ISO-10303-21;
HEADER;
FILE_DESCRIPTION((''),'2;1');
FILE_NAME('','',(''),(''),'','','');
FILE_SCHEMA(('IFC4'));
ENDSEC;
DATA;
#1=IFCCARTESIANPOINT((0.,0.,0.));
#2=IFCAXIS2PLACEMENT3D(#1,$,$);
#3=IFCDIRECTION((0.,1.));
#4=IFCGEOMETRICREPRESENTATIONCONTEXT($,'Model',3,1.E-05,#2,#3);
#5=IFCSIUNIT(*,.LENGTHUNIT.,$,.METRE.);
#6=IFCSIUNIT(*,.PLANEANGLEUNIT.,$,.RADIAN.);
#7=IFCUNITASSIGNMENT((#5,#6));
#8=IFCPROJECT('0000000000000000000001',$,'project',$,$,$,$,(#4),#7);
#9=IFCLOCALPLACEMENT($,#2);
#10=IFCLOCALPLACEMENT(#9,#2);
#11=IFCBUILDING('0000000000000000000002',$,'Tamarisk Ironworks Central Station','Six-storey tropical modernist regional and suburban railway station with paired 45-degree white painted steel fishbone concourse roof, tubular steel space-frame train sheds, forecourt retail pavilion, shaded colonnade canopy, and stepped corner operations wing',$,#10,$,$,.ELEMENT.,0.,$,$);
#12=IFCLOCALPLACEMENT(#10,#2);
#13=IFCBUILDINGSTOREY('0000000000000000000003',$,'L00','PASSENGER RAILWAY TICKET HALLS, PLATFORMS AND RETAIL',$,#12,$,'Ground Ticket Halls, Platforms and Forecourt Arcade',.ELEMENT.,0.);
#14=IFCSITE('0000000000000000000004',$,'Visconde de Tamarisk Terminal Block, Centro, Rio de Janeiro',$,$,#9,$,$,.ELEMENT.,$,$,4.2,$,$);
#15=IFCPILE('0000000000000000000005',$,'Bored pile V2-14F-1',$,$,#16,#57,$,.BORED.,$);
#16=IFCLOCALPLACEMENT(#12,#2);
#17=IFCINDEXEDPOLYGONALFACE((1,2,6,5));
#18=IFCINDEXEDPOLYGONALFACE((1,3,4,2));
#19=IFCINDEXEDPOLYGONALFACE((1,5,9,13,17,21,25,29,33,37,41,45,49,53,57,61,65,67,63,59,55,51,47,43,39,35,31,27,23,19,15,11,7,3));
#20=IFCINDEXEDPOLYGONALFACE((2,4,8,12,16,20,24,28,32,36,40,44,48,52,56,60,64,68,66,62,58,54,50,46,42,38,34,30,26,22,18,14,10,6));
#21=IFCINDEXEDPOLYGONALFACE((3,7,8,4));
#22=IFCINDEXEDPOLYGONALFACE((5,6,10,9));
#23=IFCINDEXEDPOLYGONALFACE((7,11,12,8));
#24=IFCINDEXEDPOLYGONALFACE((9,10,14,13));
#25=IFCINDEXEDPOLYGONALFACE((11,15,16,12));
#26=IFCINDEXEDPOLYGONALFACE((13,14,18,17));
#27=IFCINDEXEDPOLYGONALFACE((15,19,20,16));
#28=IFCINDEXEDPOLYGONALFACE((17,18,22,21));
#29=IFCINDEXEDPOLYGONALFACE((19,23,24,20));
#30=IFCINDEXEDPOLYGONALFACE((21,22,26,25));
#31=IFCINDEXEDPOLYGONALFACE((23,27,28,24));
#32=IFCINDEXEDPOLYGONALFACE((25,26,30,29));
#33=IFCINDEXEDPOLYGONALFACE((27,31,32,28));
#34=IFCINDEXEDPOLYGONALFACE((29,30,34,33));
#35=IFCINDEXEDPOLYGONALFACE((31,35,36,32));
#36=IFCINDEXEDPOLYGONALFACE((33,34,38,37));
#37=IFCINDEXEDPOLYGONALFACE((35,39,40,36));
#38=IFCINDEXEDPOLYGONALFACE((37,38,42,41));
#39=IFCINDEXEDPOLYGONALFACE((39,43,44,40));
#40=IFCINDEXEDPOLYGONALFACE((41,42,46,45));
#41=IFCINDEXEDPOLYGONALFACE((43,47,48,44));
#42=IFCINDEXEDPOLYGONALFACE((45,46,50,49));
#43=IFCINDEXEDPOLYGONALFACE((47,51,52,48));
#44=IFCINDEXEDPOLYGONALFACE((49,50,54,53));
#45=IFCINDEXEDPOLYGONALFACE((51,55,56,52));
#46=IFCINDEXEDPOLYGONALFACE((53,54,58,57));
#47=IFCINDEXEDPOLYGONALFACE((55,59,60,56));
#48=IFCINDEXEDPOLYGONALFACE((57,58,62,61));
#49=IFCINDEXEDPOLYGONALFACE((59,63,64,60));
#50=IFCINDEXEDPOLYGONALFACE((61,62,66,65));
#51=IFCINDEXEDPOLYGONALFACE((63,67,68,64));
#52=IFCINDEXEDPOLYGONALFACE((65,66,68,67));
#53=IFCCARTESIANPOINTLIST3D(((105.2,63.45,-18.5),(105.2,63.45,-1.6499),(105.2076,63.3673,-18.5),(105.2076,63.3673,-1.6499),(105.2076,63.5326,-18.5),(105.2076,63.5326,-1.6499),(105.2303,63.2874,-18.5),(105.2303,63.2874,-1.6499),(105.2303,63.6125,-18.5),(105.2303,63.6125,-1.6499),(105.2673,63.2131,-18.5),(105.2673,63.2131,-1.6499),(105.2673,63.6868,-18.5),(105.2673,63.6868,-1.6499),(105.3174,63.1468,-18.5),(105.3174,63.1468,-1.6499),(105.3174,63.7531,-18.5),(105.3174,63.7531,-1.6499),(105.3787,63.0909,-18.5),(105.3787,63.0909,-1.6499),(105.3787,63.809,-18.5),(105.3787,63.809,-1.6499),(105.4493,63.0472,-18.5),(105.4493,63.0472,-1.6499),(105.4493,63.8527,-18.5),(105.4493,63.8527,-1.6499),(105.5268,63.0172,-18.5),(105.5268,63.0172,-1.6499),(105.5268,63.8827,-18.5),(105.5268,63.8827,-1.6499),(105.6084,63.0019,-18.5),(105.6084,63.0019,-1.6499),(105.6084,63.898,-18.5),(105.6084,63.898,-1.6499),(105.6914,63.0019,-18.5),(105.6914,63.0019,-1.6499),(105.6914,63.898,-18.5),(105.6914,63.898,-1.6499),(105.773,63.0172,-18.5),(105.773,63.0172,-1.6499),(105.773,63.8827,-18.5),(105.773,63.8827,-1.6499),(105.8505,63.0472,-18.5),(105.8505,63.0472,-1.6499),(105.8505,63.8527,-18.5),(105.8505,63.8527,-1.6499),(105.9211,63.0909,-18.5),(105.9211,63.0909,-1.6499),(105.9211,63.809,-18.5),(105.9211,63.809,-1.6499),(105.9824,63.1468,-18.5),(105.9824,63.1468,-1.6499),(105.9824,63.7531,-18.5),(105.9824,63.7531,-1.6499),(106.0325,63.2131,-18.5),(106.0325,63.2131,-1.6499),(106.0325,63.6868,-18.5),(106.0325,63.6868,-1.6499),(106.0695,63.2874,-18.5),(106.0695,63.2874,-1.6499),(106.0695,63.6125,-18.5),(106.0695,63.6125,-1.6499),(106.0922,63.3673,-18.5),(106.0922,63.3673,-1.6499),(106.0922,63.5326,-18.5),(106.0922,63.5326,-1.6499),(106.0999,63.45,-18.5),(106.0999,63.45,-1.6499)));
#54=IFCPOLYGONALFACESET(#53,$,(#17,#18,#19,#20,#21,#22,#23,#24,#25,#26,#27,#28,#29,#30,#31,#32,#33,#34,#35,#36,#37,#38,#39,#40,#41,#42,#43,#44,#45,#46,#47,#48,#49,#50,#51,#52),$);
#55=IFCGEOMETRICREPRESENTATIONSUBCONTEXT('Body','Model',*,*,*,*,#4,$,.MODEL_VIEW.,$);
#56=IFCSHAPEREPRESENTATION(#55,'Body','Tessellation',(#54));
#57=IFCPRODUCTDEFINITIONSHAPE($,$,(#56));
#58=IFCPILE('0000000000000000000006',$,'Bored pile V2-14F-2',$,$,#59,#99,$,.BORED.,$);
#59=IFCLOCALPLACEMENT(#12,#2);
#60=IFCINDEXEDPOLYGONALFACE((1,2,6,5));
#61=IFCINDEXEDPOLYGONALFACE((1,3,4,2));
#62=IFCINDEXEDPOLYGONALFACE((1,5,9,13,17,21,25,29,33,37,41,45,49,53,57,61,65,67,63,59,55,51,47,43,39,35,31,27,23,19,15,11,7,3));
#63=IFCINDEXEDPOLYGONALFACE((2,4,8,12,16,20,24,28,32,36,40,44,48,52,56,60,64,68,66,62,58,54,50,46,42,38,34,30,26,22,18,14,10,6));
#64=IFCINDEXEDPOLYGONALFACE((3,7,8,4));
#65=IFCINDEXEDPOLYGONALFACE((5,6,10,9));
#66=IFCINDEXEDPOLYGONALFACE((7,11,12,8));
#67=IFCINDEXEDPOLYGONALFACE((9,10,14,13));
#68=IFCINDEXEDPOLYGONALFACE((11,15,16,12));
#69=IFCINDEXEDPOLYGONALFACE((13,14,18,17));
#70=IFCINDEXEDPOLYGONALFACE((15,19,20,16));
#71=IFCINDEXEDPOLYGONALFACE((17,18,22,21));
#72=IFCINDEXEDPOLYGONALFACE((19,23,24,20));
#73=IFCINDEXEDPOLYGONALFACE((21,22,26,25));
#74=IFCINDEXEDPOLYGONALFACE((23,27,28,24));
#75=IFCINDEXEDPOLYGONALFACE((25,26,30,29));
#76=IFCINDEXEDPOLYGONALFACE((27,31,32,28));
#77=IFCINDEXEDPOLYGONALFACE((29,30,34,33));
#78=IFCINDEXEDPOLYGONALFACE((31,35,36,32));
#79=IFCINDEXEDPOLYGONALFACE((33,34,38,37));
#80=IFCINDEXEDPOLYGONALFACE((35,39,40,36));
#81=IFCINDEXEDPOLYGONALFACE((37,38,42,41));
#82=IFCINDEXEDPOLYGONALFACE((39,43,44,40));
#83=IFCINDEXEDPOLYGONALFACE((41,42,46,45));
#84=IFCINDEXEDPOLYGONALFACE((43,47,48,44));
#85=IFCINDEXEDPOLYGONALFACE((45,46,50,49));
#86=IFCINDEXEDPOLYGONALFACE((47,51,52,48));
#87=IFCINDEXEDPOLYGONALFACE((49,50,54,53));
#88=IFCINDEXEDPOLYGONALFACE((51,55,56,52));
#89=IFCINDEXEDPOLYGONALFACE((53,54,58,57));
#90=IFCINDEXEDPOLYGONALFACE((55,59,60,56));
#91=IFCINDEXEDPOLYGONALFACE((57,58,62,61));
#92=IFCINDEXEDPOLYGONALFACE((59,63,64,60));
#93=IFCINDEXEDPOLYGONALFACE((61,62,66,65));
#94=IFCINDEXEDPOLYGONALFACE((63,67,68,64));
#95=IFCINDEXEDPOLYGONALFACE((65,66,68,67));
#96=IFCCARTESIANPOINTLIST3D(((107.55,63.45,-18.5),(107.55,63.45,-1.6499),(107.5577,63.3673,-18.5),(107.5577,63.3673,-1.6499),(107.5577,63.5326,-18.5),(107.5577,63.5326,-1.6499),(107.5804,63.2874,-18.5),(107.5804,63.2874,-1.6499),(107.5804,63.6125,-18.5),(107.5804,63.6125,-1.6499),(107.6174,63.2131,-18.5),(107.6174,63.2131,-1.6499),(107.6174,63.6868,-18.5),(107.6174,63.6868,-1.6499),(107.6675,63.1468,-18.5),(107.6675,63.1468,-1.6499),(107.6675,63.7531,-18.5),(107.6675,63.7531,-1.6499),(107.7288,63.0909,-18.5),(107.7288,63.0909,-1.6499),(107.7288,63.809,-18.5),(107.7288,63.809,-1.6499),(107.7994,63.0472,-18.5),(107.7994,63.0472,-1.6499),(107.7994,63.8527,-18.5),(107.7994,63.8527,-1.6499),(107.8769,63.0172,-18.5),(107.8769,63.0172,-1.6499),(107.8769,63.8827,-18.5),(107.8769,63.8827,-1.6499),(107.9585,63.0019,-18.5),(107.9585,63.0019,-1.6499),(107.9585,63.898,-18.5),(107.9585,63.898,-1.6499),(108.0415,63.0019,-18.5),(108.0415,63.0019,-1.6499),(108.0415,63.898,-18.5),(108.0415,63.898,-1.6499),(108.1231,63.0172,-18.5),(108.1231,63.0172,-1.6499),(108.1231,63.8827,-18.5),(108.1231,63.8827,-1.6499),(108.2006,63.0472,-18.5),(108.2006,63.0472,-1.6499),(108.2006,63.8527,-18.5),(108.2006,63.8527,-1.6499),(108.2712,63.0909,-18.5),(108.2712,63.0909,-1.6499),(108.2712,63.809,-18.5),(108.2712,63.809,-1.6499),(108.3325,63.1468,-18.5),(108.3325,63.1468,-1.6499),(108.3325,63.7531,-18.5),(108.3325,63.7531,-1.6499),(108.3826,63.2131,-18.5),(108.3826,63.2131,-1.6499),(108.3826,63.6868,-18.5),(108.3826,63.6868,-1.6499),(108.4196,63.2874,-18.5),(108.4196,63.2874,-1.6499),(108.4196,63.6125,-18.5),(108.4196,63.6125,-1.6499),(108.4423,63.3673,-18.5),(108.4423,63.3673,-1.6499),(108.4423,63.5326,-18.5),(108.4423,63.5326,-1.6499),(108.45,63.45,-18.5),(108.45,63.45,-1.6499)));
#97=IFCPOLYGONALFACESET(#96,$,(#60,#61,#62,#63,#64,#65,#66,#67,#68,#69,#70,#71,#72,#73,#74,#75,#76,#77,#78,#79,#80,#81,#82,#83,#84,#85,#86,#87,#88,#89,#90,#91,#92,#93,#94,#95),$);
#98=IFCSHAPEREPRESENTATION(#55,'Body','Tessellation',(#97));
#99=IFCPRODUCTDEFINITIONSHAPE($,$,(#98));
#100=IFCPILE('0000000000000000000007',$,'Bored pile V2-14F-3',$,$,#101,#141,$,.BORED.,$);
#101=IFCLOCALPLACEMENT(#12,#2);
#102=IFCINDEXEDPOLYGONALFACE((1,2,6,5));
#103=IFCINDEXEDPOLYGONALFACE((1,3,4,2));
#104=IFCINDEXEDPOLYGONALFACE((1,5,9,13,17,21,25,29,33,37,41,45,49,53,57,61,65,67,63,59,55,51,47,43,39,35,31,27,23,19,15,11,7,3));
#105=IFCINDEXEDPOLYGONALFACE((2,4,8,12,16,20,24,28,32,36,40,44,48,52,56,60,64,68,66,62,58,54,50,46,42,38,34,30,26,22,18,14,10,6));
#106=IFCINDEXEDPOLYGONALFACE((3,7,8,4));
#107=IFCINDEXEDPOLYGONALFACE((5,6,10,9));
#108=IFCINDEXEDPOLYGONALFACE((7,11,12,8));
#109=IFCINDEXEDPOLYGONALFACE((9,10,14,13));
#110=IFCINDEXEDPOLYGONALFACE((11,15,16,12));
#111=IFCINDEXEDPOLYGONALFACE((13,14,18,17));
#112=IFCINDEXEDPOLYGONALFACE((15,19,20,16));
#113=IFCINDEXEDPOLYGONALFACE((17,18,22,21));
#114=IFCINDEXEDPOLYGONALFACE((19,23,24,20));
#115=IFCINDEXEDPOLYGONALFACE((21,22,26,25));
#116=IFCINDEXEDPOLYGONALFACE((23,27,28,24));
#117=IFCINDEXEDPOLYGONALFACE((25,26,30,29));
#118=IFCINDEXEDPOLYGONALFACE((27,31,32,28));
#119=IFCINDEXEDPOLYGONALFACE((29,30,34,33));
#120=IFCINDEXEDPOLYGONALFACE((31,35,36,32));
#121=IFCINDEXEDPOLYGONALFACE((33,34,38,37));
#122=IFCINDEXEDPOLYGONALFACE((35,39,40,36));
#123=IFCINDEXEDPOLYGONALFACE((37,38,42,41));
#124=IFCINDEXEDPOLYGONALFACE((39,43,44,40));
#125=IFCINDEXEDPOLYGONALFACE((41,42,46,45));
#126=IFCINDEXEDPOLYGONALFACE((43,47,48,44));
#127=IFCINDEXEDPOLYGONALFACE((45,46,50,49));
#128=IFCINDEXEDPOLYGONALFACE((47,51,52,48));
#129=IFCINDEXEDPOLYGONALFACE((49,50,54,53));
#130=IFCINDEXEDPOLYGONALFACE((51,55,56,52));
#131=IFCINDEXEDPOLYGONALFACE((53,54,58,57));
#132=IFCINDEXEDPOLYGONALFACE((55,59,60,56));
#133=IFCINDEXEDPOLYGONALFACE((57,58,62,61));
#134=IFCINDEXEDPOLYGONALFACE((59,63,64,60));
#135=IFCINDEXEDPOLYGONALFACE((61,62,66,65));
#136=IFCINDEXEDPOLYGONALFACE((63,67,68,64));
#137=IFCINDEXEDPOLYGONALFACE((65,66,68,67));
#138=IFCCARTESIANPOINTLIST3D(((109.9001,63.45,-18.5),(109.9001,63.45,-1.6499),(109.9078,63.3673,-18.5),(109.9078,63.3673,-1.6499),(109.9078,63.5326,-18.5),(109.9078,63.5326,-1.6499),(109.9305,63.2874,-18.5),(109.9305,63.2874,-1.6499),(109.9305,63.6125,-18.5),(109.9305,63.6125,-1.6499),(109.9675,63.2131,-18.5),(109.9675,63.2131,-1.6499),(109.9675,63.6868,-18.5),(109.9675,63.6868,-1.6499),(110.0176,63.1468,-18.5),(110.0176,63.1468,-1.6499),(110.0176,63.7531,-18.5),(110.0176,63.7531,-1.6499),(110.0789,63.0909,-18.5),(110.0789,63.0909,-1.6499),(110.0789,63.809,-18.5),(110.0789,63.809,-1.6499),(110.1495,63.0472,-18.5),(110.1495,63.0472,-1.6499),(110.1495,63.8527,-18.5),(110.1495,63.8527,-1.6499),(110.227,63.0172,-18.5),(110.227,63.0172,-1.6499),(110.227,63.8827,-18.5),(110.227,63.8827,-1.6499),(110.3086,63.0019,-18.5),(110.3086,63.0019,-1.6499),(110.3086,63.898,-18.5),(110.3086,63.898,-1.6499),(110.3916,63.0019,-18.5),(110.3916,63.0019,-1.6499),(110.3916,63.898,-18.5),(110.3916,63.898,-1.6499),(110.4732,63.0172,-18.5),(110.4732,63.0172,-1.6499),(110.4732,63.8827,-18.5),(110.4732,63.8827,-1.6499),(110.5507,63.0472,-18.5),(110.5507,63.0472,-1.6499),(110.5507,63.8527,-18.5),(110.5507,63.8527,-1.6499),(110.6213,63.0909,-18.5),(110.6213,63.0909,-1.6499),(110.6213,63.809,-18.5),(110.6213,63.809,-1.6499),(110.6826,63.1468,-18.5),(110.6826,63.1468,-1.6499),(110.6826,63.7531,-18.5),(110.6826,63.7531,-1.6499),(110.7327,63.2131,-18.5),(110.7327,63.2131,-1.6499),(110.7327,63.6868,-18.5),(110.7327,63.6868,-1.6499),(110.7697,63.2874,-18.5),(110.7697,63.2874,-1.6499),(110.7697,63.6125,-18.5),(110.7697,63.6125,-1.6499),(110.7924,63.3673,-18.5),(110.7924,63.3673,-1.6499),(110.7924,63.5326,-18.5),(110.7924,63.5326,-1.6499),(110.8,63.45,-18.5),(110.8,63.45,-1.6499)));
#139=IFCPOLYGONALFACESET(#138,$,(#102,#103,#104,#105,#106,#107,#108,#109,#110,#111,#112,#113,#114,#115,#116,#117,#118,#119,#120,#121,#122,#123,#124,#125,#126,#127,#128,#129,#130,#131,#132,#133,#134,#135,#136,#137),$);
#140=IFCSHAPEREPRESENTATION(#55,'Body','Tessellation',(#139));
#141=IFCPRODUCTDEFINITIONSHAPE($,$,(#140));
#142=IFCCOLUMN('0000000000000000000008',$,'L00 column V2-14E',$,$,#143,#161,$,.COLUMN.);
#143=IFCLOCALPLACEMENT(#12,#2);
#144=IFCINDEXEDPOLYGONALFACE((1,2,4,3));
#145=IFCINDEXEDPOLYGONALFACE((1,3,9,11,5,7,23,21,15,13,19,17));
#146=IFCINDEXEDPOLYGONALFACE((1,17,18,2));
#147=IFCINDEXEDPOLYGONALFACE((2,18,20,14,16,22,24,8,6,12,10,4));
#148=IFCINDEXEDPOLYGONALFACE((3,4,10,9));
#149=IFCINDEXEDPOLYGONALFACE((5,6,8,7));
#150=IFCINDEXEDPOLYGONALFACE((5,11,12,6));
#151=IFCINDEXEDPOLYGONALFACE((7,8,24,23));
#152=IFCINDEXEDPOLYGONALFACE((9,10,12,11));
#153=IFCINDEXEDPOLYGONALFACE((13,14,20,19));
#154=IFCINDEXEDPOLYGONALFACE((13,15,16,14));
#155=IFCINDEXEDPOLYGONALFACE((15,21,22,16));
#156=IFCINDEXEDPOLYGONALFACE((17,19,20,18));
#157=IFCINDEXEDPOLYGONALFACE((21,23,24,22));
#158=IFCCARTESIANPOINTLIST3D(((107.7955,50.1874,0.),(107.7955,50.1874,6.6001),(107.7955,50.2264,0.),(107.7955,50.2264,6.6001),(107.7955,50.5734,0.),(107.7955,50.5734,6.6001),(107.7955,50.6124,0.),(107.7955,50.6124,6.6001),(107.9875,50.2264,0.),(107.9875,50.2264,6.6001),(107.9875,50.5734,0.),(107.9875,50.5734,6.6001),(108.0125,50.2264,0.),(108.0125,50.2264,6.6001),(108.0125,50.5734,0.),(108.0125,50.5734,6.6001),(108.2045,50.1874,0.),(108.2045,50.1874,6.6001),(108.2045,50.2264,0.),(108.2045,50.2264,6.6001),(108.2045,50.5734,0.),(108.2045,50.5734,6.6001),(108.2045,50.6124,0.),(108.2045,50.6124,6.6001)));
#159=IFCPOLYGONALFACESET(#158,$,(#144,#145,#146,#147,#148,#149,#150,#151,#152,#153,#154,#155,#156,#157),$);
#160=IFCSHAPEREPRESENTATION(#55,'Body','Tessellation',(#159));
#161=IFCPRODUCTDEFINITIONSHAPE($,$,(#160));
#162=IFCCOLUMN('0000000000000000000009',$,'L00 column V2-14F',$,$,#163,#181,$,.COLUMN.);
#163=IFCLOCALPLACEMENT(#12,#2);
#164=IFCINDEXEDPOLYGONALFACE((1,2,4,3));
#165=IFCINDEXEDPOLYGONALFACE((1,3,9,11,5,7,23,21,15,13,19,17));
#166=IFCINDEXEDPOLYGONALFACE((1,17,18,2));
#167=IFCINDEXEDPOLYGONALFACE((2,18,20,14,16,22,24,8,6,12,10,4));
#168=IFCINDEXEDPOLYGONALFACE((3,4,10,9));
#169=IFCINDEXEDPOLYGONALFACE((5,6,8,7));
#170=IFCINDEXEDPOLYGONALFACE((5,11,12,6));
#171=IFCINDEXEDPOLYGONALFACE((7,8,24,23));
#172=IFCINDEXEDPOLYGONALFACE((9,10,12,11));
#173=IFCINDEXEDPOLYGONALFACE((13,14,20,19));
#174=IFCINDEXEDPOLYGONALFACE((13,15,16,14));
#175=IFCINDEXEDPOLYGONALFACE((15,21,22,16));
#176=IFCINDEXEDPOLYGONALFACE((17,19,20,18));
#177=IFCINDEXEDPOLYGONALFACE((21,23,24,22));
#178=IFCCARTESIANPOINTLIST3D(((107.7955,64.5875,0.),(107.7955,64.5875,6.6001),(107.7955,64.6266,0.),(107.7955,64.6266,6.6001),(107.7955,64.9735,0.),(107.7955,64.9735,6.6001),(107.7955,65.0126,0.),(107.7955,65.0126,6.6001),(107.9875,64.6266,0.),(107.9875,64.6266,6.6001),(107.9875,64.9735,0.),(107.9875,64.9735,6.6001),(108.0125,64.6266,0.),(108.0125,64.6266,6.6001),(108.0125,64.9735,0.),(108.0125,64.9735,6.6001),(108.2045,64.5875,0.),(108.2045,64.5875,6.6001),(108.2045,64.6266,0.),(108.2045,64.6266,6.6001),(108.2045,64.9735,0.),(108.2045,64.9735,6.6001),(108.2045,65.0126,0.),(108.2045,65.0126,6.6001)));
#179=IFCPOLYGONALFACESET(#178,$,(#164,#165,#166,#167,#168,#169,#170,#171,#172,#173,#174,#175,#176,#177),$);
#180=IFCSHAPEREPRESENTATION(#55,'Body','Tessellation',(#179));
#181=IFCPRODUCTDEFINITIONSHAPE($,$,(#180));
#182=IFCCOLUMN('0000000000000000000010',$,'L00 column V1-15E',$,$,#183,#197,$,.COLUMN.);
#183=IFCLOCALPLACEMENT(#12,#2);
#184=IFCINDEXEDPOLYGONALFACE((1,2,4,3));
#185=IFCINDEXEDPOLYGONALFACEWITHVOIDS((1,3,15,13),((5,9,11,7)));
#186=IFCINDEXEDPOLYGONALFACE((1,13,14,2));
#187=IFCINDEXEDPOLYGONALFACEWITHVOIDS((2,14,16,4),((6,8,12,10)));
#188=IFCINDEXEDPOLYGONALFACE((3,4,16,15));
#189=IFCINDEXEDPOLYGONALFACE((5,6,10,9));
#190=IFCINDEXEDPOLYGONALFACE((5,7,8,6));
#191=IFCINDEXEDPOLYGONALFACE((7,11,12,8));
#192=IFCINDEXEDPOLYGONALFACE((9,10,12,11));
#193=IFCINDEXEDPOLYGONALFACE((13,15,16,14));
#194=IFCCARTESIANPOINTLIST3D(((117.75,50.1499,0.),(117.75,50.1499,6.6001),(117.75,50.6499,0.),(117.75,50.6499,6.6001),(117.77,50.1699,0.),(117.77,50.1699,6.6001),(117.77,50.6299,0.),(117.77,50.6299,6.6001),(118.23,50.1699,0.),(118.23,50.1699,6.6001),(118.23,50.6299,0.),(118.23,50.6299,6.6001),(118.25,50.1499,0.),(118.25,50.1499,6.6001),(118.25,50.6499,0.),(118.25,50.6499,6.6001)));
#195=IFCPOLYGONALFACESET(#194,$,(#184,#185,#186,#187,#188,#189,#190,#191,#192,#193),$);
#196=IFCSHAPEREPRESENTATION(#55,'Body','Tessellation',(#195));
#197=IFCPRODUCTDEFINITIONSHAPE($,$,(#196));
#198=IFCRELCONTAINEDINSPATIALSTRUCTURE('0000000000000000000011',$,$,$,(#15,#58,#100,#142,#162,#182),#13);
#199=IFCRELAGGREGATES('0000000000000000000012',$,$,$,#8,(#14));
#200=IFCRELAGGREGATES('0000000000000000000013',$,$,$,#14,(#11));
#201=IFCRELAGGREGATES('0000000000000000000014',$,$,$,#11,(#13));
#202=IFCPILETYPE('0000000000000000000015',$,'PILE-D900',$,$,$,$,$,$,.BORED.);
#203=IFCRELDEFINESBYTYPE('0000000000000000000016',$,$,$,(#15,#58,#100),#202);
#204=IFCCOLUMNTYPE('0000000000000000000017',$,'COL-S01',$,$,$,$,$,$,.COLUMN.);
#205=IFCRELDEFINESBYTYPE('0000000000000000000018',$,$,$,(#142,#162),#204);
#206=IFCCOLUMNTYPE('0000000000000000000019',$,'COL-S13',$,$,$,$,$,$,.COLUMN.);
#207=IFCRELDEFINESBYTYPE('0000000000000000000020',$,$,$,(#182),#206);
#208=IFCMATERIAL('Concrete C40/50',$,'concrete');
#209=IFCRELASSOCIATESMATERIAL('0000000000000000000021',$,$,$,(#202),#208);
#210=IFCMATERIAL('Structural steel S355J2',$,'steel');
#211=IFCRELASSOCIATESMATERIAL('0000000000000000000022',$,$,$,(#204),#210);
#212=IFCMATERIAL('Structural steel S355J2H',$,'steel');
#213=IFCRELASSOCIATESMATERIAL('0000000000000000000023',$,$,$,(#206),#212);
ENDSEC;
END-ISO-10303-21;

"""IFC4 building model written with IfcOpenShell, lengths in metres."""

from ifc_helpers import new_model, si_unit, direction, frame, origin, origin_2d, place, context, subcontext, project, spatial, hollow_rectangle, circle, i_section, extrude, material, material_profile, profile_set, type_object, element, save


model = new_model("IFC4")

# Units and contexts
model_context = context("Model", 3, precision=1e-05, world=origin(), true_north=direction((0.0, 1.0)))
body_context = subcontext(model_context, "Body", "Model", "MODEL_VIEW")
ifc_project = project(units=[si_unit("LENGTHUNIT", "METRE"), si_unit("PLANEANGLEUNIT", "RADIAN")], contexts=[model_context])

# Site, building, storey
site_placement = place(None, origin())
site = spatial("IfcSite", under=ifc_project, at=site_placement, Name="Visconde de Tamarisk Terminal Block, Centro, Rio de Janeiro", CompositionType="ELEMENT", RefElevation=4.2)
building_placement = place(site_placement, origin())
building = spatial("IfcBuilding", under=site, at=building_placement, Name="Tamarisk Ironworks Central Station", Description="Six-storey tropical modernist regional and suburban railway station with paired 45-degree white painted steel fishbone concourse roof, tubular steel space-frame train sheds, forecourt retail pavilion, shaded colonnade canopy, and stepped corner operations wing", CompositionType="ELEMENT", ElevationOfRefHeight=0.0)
storey_placement = place(building_placement, origin())
storey = spatial("IfcBuildingStorey", under=building, at=storey_placement, Name="L00", Description="PASSENGER RAILWAY TICKET HALLS, PLATFORMS AND RETAIL", LongName="Ground Ticket Halls, Platforms and Forecourt Arcade", CompositionType="ELEMENT", Elevation=0.0)

# Shared definitions
ifc_material_1 = material(Name="Concrete C40/50", Category="concrete")

# Piles
ifc_material_profile_1 = material_profile(ifc_material_1, circle(Radius=0.45, at=origin_2d()), Name="BORED PILE D900")
ifc_profile_set_1 = profile_set([ifc_material_profile_1], Name="Concrete C40/50")
pile_type_1 = type_object("IfcPileType", Name="PILE-D900", PredefinedType="BORED", material=ifc_profile_set_1)
for number, where, z_axis, x_axis, name in (
    (1, (105.6499, 63.45, -1.6499), (0.0, 0.0, -1.0), (1.0, 0.0, 0.0), "Bored pile V2-14F-1"),
    (2, (108.0, 63.45, -1.6499), (0.0, 0.0, -1.0), (1.0, 0.0, 0.0), "Bored pile V2-14F-2"),
    (3, (110.3501, 63.45, -1.6499), (0.0, 0.0, -1.0), (1.0, 0.0, 0.0), "Bored pile V2-14F-3"),
):
    element("IfcPile", number, at=place(storey_placement, frame(where, z_axis=z_axis, x_axis=x_axis)), inside=storey, type_object=pile_type_1, Name=name, PredefinedType="BORED", context=body_context, shape_type="SweptSolid", body=[
        extrude(circle(Radius=0.45, at=origin_2d()), origin(), (0.0, 0.0, 1.0), 16.8501),
    ])

# Columns
ifc_material_2 = material(Name="Structural steel S355J2", Category="steel")
ifc_material_profile_2 = material_profile(ifc_material_2, i_section(OverallWidth=0.4089, OverallDepth=0.425, WebThickness=0.0249, FlangeThickness=0.0391, at=origin_2d()), Name="HD 400x421")
ifc_profile_set_2 = profile_set([ifc_material_profile_2], Name="Structural steel S355J2")
column_type_1 = type_object("IfcColumnType", Name="COL-S01", PredefinedType="COLUMN", material=ifc_profile_set_2)
for number, where, z_axis, x_axis, name in (
    (4, (108.0, 50.3999, 0.0), (0.0, 0.0, 1.0), (1.0, 0.0, 0.0), "L00 column V2-14E"),
    (5, (108.0, 64.8, 0.0), (0.0, 0.0, 1.0), (1.0, 0.0, 0.0), "L00 column V2-14F"),
):
    element("IfcColumn", number, at=place(storey_placement, frame(where, z_axis=z_axis, x_axis=x_axis)), inside=storey, type_object=column_type_1, Name=name, PredefinedType="COLUMN", context=body_context, shape_type="SweptSolid", body=[
        extrude(i_section(OverallWidth=0.4089, OverallDepth=0.425, WebThickness=0.0249, FlangeThickness=0.0391, at=origin_2d()), origin(), (0.0, 0.0, 1.0), 6.6001),
    ])
ifc_material_3 = material(Name="Structural steel S355J2H", Category="steel")
ifc_material_profile_3 = material_profile(ifc_material_3, hollow_rectangle(XDim=0.5, YDim=0.5, WallThickness=0.02, at=origin_2d()), Name="SHS 500x500x20")
ifc_profile_set_3 = profile_set([ifc_material_profile_3], Name="Structural steel S355J2H")
column_type_2 = type_object("IfcColumnType", Name="COL-S13", PredefinedType="COLUMN", material=ifc_profile_set_3)
column_placement = place(storey_placement, frame((118.0, 50.3999, 0.0), z_axis=(0.0, 0.0, 1.0), x_axis=(1.0, 0.0, 0.0)))
element("IfcColumn", 6, at=column_placement, inside=storey, type_object=column_type_2, Name="L00 column V1-15E", PredefinedType="COLUMN", context=body_context, shape_type="SweptSolid", body=[
    extrude(hollow_rectangle(XDim=0.5, YDim=0.5, WallThickness=0.02, at=origin_2d()), origin(), (0.0, 0.0, 1.0), 6.6001),
])

save(model, "model.ifc")
